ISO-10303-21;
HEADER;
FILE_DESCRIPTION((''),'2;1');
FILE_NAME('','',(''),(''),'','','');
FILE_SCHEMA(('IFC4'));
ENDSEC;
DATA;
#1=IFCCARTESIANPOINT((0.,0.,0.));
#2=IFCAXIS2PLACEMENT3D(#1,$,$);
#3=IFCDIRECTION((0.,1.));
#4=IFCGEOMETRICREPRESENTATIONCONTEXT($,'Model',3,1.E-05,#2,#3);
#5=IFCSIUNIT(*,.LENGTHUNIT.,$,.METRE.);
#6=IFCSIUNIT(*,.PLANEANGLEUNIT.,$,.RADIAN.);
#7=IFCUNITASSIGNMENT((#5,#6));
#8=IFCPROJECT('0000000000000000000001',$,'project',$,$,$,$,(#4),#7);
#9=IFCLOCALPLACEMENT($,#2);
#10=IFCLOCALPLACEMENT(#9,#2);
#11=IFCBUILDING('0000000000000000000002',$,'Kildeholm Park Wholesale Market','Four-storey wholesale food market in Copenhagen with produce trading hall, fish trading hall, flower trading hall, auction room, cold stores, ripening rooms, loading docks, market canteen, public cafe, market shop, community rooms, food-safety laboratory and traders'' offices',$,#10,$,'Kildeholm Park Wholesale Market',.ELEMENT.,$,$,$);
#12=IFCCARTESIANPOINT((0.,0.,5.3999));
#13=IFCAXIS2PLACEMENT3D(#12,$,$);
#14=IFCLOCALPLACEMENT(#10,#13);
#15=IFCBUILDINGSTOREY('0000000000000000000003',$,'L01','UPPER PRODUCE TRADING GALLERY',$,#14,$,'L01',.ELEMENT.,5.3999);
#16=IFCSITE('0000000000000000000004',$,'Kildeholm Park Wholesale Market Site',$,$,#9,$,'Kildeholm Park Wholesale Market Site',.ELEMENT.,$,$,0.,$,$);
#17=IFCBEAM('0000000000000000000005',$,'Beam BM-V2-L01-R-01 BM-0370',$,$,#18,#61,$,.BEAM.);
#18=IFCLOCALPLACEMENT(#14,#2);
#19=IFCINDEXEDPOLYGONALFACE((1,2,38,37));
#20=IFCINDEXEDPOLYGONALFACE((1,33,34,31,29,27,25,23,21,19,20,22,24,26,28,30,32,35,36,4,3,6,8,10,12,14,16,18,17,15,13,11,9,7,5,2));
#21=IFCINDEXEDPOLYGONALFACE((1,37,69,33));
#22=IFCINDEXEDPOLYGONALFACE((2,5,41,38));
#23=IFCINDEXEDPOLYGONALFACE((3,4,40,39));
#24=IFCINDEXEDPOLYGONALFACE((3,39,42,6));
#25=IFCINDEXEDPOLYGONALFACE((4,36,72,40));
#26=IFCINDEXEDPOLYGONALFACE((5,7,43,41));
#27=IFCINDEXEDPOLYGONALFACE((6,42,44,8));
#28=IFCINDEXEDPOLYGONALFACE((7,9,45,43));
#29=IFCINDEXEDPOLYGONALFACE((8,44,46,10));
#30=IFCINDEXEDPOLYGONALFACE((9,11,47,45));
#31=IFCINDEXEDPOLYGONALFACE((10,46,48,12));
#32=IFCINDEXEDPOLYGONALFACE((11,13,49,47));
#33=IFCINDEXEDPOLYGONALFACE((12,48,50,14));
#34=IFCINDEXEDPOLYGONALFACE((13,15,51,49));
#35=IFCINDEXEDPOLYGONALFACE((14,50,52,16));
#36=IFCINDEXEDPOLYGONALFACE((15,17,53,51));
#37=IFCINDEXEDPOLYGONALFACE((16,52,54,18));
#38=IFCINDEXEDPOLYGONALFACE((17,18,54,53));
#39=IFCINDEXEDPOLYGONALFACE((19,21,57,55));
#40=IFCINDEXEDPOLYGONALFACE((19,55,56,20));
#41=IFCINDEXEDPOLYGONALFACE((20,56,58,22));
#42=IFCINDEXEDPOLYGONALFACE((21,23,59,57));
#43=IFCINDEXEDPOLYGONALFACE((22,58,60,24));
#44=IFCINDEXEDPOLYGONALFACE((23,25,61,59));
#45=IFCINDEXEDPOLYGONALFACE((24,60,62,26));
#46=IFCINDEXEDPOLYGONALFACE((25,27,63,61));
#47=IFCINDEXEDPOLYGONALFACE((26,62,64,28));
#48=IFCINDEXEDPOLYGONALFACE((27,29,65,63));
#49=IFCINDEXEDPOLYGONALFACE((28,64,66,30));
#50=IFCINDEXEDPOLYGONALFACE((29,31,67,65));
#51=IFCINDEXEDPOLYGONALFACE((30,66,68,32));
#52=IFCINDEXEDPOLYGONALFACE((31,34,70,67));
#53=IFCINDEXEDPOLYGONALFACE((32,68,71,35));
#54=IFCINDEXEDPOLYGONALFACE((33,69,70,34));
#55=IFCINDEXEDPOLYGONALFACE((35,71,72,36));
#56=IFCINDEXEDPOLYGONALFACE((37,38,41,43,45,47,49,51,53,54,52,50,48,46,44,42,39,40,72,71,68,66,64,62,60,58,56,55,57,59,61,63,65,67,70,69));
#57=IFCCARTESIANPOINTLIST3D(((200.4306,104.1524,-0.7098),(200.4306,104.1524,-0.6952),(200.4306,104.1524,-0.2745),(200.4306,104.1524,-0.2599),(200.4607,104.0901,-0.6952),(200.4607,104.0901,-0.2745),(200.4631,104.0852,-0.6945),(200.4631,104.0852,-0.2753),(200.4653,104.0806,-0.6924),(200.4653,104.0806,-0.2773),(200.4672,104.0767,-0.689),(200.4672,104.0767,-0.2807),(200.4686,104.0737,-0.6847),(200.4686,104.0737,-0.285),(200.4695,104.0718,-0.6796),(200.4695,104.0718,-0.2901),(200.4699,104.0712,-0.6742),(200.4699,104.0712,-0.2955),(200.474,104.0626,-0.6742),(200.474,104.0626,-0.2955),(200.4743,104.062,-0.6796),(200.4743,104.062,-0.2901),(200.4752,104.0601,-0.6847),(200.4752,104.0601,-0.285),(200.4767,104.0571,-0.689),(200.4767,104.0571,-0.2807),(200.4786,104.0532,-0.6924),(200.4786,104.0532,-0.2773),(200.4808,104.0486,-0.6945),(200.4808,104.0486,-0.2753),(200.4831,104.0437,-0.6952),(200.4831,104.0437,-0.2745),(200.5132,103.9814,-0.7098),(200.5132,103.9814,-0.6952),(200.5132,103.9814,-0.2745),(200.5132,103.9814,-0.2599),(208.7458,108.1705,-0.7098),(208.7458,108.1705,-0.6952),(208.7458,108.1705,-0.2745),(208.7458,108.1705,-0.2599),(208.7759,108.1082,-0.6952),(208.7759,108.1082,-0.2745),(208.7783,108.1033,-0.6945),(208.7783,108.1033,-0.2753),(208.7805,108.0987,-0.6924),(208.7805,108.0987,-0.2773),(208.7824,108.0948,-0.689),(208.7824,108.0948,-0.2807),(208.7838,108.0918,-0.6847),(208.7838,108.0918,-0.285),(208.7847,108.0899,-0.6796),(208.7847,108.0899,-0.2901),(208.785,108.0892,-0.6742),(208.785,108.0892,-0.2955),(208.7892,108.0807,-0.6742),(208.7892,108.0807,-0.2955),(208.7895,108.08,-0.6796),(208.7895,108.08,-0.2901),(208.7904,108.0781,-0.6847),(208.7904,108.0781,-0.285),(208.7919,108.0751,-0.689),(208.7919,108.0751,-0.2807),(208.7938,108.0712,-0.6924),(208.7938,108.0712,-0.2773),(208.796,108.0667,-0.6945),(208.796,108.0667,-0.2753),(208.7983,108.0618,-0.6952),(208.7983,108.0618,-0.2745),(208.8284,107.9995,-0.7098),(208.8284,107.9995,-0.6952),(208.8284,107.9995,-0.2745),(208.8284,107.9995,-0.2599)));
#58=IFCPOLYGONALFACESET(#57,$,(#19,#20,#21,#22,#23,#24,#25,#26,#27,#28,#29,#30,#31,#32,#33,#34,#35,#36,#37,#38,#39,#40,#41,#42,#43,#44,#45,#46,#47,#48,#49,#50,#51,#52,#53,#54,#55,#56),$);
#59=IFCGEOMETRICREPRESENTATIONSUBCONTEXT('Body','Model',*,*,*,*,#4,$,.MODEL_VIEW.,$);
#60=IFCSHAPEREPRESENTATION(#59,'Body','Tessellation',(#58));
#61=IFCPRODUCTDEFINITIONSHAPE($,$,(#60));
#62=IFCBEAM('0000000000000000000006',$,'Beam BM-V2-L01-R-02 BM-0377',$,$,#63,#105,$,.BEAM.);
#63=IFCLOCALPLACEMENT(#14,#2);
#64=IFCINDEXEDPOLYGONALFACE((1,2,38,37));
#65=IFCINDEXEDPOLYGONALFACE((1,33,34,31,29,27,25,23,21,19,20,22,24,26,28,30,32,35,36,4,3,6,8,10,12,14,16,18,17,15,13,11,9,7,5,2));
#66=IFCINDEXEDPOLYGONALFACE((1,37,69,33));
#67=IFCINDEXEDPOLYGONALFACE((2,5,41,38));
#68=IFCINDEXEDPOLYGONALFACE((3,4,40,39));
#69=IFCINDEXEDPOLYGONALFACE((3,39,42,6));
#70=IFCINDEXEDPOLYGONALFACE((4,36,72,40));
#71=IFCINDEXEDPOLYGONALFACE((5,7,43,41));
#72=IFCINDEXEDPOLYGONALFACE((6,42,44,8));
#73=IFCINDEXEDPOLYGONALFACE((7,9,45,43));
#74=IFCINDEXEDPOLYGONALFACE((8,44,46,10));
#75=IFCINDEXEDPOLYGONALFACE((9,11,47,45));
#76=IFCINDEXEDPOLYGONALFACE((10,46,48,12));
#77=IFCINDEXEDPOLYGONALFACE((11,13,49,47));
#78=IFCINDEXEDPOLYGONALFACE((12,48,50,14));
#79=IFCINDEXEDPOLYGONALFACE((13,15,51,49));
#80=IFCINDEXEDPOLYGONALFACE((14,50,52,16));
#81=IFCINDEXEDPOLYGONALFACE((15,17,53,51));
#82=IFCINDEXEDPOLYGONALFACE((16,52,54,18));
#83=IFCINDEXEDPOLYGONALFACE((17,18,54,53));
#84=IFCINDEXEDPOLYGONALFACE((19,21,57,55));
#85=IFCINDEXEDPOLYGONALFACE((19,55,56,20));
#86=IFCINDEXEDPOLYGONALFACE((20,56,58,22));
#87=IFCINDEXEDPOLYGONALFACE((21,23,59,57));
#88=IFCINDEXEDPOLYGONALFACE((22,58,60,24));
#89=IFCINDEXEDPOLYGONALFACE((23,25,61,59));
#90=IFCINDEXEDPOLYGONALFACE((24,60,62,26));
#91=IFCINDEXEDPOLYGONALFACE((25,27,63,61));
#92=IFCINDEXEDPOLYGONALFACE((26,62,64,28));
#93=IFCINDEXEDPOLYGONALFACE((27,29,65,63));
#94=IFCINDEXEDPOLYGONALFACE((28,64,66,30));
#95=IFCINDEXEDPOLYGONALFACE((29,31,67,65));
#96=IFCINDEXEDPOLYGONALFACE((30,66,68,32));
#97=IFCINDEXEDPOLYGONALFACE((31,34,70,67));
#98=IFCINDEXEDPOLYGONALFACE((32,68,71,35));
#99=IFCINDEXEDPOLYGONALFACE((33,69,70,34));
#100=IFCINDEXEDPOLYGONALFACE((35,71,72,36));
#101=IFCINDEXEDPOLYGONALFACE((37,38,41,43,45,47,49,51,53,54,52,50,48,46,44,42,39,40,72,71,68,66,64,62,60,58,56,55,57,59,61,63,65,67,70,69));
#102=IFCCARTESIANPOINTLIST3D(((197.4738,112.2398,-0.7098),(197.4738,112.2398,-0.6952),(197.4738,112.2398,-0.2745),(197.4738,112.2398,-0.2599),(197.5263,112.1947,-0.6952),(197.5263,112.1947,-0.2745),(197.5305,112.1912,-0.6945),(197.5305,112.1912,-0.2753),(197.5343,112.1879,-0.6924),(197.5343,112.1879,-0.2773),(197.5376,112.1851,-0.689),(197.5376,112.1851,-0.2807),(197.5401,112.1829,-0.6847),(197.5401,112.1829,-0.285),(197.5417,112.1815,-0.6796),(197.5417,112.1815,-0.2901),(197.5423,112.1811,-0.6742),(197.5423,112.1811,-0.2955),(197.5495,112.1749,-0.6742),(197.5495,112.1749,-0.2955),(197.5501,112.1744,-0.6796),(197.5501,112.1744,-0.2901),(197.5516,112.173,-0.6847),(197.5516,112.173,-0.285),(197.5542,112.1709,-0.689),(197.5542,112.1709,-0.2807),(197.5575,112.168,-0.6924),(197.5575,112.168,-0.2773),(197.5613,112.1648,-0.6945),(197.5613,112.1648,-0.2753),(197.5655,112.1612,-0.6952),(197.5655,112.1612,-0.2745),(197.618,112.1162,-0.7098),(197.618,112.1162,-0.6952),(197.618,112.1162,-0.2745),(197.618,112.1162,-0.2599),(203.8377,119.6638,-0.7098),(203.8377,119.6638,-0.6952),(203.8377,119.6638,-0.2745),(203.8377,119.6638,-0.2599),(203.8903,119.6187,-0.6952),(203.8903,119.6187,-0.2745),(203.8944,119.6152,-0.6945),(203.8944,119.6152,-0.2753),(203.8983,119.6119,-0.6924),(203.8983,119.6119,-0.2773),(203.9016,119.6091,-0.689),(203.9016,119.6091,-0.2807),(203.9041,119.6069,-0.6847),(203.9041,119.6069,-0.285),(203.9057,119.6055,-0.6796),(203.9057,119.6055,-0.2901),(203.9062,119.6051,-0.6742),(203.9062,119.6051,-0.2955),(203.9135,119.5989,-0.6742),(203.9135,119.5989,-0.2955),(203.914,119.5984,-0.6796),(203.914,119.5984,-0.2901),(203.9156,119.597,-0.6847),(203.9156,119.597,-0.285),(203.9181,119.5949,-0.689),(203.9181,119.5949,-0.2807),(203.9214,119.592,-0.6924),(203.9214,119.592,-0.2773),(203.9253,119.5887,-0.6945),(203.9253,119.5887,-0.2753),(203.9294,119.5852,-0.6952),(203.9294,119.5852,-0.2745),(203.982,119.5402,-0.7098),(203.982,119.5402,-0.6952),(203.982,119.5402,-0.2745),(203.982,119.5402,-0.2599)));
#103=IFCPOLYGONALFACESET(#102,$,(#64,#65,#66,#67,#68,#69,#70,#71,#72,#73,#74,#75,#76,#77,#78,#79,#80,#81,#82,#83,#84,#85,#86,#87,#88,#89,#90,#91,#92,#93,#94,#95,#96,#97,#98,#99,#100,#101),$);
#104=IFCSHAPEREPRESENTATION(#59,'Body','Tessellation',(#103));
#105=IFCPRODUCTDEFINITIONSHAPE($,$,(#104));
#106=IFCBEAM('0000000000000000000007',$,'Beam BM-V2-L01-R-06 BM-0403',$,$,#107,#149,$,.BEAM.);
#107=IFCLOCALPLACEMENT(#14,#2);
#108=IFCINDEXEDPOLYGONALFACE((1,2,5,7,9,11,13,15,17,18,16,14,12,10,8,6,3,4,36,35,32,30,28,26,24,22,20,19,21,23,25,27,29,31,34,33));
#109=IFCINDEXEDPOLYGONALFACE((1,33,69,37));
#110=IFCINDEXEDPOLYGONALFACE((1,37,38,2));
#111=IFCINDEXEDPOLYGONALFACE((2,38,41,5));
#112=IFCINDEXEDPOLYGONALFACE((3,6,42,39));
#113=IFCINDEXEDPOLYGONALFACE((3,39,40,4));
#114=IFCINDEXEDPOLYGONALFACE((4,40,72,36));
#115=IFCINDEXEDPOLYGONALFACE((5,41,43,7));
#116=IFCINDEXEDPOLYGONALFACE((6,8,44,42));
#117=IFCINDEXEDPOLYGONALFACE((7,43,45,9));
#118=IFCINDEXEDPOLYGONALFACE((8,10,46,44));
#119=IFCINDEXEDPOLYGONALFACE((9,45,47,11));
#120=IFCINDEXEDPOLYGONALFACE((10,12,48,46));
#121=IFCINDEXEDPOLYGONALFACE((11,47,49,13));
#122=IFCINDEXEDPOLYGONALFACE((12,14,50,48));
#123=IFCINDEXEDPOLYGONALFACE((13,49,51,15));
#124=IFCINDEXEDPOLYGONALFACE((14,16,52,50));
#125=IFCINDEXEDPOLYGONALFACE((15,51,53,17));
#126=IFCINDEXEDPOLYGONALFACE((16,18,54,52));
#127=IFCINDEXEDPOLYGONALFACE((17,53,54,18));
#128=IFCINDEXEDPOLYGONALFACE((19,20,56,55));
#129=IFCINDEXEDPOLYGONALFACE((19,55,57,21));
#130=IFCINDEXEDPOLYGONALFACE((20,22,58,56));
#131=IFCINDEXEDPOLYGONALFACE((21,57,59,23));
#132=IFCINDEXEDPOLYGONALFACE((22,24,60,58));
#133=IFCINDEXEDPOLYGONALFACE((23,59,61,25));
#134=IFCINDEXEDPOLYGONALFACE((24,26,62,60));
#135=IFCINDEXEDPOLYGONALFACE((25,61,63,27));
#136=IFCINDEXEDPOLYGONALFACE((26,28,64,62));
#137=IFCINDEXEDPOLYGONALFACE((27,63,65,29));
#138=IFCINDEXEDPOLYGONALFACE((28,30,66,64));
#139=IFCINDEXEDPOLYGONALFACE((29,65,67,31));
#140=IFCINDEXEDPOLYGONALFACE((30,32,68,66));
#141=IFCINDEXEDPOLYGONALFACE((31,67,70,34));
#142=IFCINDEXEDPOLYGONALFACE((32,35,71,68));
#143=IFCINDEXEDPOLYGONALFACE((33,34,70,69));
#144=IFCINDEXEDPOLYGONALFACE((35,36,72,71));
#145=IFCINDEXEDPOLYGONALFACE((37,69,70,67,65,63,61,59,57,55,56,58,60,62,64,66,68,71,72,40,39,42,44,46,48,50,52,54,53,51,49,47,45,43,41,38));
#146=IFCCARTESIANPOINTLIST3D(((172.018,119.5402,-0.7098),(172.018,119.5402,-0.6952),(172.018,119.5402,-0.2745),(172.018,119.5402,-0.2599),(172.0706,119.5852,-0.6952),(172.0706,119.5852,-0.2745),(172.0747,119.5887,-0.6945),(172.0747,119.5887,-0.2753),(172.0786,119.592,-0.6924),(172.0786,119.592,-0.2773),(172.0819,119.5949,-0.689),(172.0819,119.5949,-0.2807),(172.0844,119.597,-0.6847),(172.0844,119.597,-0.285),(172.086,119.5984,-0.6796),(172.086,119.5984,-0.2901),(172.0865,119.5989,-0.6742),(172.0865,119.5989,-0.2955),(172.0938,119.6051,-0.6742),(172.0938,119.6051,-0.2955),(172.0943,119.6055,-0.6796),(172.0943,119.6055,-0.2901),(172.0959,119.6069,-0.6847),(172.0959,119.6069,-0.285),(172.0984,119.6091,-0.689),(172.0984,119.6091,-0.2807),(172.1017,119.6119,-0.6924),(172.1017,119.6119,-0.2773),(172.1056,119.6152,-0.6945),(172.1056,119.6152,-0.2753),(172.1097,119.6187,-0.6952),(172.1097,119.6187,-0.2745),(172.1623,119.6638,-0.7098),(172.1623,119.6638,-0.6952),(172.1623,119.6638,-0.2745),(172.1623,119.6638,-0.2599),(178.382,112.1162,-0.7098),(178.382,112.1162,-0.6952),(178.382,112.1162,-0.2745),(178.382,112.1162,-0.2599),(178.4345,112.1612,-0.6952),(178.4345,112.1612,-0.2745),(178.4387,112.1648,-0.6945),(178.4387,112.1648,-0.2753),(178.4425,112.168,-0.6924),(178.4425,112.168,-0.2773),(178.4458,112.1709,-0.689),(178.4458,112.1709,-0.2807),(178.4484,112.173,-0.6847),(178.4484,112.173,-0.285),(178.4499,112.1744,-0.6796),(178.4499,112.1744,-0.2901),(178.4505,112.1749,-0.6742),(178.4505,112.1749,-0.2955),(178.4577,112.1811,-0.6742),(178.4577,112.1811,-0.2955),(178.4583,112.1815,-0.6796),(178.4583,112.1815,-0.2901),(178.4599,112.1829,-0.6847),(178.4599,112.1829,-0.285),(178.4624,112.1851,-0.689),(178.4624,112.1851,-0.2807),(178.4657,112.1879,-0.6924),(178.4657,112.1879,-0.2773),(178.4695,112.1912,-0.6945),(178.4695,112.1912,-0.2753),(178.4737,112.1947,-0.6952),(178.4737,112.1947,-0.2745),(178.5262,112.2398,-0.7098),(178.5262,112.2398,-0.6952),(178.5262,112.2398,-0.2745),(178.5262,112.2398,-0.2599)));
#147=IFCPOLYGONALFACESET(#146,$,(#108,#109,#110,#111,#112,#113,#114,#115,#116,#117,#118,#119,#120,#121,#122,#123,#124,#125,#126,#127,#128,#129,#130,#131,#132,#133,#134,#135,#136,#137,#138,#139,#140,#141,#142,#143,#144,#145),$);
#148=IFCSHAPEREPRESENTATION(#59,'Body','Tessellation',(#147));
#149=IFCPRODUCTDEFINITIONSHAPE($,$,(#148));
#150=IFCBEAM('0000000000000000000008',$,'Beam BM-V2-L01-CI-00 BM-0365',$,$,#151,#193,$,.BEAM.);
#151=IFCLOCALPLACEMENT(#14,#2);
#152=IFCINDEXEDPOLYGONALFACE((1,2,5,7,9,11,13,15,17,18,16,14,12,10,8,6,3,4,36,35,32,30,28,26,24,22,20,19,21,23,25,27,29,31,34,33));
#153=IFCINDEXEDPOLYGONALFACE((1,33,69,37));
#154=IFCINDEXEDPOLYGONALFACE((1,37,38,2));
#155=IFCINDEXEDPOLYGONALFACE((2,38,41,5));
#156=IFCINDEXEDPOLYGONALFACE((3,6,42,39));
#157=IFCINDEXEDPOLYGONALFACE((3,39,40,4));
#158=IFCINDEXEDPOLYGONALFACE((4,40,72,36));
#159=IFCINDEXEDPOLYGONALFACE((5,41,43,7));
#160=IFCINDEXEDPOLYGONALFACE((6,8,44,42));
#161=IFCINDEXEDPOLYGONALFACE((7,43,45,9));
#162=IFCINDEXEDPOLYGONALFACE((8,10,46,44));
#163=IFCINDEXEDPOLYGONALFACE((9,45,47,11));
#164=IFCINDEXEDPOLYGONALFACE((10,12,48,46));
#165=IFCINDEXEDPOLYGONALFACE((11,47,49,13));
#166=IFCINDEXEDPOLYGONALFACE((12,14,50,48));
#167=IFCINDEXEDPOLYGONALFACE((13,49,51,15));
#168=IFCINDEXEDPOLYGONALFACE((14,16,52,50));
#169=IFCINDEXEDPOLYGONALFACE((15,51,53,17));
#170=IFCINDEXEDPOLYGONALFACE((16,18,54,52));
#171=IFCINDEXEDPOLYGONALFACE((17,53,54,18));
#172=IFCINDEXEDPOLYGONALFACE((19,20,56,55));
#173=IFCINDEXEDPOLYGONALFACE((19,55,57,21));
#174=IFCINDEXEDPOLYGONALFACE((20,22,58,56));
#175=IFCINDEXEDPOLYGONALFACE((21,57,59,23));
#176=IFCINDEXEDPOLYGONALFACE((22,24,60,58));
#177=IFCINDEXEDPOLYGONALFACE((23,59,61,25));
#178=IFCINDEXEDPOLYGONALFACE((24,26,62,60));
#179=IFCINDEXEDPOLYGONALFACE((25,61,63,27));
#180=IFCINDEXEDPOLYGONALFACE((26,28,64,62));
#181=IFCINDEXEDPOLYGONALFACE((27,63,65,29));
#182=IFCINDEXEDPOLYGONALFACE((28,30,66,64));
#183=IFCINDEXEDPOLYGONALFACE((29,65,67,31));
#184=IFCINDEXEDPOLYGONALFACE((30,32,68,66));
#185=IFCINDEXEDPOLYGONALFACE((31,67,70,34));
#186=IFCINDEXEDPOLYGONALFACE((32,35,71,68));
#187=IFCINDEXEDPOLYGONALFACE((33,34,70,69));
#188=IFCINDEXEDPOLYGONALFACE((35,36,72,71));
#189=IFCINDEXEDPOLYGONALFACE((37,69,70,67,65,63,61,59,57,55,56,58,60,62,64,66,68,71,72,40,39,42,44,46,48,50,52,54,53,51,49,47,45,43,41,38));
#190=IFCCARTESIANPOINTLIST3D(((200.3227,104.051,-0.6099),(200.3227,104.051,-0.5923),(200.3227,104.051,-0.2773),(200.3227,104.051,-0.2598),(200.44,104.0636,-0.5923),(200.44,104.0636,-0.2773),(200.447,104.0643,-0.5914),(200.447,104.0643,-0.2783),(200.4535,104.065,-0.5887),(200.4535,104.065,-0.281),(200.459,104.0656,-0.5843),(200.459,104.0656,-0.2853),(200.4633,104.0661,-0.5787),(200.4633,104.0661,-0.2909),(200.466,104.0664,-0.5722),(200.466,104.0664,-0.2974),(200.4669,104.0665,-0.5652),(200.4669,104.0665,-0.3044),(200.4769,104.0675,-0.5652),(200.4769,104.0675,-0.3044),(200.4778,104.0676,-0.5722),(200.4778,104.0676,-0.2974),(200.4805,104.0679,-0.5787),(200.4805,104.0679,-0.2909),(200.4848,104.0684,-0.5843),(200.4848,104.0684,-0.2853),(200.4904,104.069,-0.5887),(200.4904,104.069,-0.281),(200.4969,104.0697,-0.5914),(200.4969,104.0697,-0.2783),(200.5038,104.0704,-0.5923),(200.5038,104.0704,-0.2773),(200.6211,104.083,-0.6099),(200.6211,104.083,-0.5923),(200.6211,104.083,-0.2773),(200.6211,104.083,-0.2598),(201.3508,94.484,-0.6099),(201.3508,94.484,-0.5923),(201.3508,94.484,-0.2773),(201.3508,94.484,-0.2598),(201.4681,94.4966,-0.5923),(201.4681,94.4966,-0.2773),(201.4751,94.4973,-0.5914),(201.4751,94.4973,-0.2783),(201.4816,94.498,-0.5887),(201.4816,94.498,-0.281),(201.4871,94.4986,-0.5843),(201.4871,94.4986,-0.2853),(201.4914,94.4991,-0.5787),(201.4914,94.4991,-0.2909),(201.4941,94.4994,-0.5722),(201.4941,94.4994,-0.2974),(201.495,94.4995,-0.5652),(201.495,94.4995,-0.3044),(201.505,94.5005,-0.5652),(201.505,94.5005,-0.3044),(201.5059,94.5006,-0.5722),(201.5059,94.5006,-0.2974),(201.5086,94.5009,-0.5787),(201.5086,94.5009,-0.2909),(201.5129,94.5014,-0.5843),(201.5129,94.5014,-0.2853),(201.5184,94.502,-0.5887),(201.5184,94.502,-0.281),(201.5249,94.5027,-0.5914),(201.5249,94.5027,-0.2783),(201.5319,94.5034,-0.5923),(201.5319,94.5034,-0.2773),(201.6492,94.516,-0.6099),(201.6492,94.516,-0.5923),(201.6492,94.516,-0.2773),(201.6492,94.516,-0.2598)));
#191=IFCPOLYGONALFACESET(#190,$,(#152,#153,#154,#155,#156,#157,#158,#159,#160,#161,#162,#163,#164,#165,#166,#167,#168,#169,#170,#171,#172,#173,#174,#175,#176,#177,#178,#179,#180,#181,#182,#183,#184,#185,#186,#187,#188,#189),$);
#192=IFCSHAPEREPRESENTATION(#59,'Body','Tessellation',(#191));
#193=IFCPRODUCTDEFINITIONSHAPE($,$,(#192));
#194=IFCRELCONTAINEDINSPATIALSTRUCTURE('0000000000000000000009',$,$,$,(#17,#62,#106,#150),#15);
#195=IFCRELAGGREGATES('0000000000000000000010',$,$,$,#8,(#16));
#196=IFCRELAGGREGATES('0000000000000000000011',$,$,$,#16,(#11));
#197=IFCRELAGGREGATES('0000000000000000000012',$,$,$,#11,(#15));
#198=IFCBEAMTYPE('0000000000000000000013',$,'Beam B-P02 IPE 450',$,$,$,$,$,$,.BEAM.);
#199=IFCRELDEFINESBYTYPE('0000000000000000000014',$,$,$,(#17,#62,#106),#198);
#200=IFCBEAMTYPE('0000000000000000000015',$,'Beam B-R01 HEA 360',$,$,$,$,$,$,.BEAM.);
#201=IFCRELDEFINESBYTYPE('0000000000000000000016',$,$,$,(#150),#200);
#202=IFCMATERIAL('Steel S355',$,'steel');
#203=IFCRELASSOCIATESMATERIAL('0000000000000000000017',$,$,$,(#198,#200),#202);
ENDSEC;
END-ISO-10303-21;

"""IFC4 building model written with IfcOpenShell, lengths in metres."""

from ifc_helpers import new_model, si_unit, direction, frame, origin, origin_2d, place, context, subcontext, project, spatial, i_section, extrude, material, material_profile, profile_set, type_object, element, save


model = new_model("IFC4")

# Units and contexts
model_context = context("Model", 3, precision=1e-05, world=origin(), true_north=direction((0.0, 1.0)))
body_context = subcontext(model_context, "Body", "Model", "MODEL_VIEW")
ifc_project = project(units=[si_unit("LENGTHUNIT", "METRE"), si_unit("PLANEANGLEUNIT", "RADIAN")], contexts=[model_context])

# Site, building, storey
site_placement = place(None, origin())
site = spatial("IfcSite", under=ifc_project, at=site_placement, Name="Kildeholm Park Wholesale Market Site", LongName="Kildeholm Park Wholesale Market Site", CompositionType="ELEMENT", RefElevation=0.0)
building_placement = place(site_placement, origin())
building = spatial("IfcBuilding", under=site, at=building_placement, Name="Kildeholm Park Wholesale Market", Description="Four-storey wholesale food market in Copenhagen with produce trading hall, fish trading hall, flower trading hall, auction room, cold stores, ripening rooms, loading docks, market canteen, public cafe, market shop, community rooms, food-safety laboratory and traders' offices", LongName="Kildeholm Park Wholesale Market", CompositionType="ELEMENT")
storey_placement = place(building_placement, frame((0.0, 0.0, 5.3999)))
storey = spatial("IfcBuildingStorey", under=building, at=storey_placement, Name="L01", Description="UPPER PRODUCE TRADING GALLERY", LongName="L01", CompositionType="ELEMENT", Elevation=5.3999)

# Shared definitions
ifc_material_1 = material(Name="Steel S355", Category="steel")

# Beams
ifc_material_profile_1 = material_profile(ifc_material_1, i_section(OverallWidth=0.1899, OverallDepth=0.45, WebThickness=0.0095, FlangeThickness=0.0146, FilletRadius=0.021, at=origin_2d()), Name="IPE 450")
ifc_profile_set_1 = profile_set([ifc_material_profile_1], Name="Steel S355")
beam_type_1 = type_object("IfcBeamType", Name="Beam B-P02 IPE 450", PredefinedType="BEAM", material=ifc_profile_set_1)
beam_1_placement = place(storey_placement, frame((200.4719, 104.0669, -0.4849), z_axis=(0.900389, 0.435086, 0.0), x_axis=(-0.435086, 0.900389, 0.0)))
element("IfcBeam", 1, at=beam_1_placement, inside=storey, type_object=beam_type_1, Name="Beam BM-V2-L01-R-01 BM-0370", PredefinedType="BEAM", context=body_context, shape_type="SweptSolid", body=[
    extrude(i_section(OverallWidth=0.1899, OverallDepth=0.45, WebThickness=0.0095, FlangeThickness=0.0146, FilletRadius=0.021, at=origin_2d()), origin(), (0.0, 0.0, 1.0), 9.2351),
])
for number, where, z_axis, x_axis, name in (
    (2, (197.5459, 112.178, -0.4849), (0.650822, 0.75923, 0.0), (-0.75923, 0.650822, 0.0), "Beam BM-V2-L01-R-02 BM-0377"),
    (3, (178.4541, 112.178, -0.4849), (-0.650822, 0.75923, 0.0), (-0.75923, -0.650822, 0.0), "Beam BM-V2-L01-R-06 BM-0403"),
):
    element("IfcBeam", number, at=place(storey_placement, frame(where, z_axis=z_axis, x_axis=x_axis)), inside=storey, type_object=beam_type_1, Name=name, PredefinedType="BEAM", context=body_context, shape_type="SweptSolid", body=[
        extrude(i_section(OverallWidth=0.1899, OverallDepth=0.45, WebThickness=0.0095, FlangeThickness=0.0146, FilletRadius=0.021, at=origin_2d()), origin(), (0.0, 0.0, 1.0), 9.7783),
    ])
ifc_material_profile_2 = material_profile(ifc_material_1, i_section(OverallWidth=0.3, OverallDepth=0.3501, WebThickness=0.01, FlangeThickness=0.0176, FilletRadius=0.0271, at=origin_2d()), Name="HEA 360")
ifc_profile_set_2 = profile_set([ifc_material_profile_2], Name="Steel S355")
beam_type_2 = type_object("IfcBeamType", Name="Beam B-R01 HEA 360", PredefinedType="BEAM", material=ifc_profile_set_2)
beam_2_placement = place(storey_placement, frame((201.5, 94.5, -0.4348), z_axis=(-0.106847, 0.994276, 0.0), x_axis=(-0.994276, -0.106847, 0.0)))
element("IfcBeam", 4, at=beam_2_placement, inside=storey, type_object=beam_type_2, Name="Beam BM-V2-L01-CI-00 BM-0365", PredefinedType="BEAM", context=body_context, shape_type="SweptSolid", body=[
    extrude(i_section(OverallWidth=0.3, OverallDepth=0.3501, WebThickness=0.01, FlangeThickness=0.0176, FilletRadius=0.0271, at=origin_2d()), origin(), (0.0, 0.0, 1.0), 9.6221),
])

save(model, "model.ifc")
